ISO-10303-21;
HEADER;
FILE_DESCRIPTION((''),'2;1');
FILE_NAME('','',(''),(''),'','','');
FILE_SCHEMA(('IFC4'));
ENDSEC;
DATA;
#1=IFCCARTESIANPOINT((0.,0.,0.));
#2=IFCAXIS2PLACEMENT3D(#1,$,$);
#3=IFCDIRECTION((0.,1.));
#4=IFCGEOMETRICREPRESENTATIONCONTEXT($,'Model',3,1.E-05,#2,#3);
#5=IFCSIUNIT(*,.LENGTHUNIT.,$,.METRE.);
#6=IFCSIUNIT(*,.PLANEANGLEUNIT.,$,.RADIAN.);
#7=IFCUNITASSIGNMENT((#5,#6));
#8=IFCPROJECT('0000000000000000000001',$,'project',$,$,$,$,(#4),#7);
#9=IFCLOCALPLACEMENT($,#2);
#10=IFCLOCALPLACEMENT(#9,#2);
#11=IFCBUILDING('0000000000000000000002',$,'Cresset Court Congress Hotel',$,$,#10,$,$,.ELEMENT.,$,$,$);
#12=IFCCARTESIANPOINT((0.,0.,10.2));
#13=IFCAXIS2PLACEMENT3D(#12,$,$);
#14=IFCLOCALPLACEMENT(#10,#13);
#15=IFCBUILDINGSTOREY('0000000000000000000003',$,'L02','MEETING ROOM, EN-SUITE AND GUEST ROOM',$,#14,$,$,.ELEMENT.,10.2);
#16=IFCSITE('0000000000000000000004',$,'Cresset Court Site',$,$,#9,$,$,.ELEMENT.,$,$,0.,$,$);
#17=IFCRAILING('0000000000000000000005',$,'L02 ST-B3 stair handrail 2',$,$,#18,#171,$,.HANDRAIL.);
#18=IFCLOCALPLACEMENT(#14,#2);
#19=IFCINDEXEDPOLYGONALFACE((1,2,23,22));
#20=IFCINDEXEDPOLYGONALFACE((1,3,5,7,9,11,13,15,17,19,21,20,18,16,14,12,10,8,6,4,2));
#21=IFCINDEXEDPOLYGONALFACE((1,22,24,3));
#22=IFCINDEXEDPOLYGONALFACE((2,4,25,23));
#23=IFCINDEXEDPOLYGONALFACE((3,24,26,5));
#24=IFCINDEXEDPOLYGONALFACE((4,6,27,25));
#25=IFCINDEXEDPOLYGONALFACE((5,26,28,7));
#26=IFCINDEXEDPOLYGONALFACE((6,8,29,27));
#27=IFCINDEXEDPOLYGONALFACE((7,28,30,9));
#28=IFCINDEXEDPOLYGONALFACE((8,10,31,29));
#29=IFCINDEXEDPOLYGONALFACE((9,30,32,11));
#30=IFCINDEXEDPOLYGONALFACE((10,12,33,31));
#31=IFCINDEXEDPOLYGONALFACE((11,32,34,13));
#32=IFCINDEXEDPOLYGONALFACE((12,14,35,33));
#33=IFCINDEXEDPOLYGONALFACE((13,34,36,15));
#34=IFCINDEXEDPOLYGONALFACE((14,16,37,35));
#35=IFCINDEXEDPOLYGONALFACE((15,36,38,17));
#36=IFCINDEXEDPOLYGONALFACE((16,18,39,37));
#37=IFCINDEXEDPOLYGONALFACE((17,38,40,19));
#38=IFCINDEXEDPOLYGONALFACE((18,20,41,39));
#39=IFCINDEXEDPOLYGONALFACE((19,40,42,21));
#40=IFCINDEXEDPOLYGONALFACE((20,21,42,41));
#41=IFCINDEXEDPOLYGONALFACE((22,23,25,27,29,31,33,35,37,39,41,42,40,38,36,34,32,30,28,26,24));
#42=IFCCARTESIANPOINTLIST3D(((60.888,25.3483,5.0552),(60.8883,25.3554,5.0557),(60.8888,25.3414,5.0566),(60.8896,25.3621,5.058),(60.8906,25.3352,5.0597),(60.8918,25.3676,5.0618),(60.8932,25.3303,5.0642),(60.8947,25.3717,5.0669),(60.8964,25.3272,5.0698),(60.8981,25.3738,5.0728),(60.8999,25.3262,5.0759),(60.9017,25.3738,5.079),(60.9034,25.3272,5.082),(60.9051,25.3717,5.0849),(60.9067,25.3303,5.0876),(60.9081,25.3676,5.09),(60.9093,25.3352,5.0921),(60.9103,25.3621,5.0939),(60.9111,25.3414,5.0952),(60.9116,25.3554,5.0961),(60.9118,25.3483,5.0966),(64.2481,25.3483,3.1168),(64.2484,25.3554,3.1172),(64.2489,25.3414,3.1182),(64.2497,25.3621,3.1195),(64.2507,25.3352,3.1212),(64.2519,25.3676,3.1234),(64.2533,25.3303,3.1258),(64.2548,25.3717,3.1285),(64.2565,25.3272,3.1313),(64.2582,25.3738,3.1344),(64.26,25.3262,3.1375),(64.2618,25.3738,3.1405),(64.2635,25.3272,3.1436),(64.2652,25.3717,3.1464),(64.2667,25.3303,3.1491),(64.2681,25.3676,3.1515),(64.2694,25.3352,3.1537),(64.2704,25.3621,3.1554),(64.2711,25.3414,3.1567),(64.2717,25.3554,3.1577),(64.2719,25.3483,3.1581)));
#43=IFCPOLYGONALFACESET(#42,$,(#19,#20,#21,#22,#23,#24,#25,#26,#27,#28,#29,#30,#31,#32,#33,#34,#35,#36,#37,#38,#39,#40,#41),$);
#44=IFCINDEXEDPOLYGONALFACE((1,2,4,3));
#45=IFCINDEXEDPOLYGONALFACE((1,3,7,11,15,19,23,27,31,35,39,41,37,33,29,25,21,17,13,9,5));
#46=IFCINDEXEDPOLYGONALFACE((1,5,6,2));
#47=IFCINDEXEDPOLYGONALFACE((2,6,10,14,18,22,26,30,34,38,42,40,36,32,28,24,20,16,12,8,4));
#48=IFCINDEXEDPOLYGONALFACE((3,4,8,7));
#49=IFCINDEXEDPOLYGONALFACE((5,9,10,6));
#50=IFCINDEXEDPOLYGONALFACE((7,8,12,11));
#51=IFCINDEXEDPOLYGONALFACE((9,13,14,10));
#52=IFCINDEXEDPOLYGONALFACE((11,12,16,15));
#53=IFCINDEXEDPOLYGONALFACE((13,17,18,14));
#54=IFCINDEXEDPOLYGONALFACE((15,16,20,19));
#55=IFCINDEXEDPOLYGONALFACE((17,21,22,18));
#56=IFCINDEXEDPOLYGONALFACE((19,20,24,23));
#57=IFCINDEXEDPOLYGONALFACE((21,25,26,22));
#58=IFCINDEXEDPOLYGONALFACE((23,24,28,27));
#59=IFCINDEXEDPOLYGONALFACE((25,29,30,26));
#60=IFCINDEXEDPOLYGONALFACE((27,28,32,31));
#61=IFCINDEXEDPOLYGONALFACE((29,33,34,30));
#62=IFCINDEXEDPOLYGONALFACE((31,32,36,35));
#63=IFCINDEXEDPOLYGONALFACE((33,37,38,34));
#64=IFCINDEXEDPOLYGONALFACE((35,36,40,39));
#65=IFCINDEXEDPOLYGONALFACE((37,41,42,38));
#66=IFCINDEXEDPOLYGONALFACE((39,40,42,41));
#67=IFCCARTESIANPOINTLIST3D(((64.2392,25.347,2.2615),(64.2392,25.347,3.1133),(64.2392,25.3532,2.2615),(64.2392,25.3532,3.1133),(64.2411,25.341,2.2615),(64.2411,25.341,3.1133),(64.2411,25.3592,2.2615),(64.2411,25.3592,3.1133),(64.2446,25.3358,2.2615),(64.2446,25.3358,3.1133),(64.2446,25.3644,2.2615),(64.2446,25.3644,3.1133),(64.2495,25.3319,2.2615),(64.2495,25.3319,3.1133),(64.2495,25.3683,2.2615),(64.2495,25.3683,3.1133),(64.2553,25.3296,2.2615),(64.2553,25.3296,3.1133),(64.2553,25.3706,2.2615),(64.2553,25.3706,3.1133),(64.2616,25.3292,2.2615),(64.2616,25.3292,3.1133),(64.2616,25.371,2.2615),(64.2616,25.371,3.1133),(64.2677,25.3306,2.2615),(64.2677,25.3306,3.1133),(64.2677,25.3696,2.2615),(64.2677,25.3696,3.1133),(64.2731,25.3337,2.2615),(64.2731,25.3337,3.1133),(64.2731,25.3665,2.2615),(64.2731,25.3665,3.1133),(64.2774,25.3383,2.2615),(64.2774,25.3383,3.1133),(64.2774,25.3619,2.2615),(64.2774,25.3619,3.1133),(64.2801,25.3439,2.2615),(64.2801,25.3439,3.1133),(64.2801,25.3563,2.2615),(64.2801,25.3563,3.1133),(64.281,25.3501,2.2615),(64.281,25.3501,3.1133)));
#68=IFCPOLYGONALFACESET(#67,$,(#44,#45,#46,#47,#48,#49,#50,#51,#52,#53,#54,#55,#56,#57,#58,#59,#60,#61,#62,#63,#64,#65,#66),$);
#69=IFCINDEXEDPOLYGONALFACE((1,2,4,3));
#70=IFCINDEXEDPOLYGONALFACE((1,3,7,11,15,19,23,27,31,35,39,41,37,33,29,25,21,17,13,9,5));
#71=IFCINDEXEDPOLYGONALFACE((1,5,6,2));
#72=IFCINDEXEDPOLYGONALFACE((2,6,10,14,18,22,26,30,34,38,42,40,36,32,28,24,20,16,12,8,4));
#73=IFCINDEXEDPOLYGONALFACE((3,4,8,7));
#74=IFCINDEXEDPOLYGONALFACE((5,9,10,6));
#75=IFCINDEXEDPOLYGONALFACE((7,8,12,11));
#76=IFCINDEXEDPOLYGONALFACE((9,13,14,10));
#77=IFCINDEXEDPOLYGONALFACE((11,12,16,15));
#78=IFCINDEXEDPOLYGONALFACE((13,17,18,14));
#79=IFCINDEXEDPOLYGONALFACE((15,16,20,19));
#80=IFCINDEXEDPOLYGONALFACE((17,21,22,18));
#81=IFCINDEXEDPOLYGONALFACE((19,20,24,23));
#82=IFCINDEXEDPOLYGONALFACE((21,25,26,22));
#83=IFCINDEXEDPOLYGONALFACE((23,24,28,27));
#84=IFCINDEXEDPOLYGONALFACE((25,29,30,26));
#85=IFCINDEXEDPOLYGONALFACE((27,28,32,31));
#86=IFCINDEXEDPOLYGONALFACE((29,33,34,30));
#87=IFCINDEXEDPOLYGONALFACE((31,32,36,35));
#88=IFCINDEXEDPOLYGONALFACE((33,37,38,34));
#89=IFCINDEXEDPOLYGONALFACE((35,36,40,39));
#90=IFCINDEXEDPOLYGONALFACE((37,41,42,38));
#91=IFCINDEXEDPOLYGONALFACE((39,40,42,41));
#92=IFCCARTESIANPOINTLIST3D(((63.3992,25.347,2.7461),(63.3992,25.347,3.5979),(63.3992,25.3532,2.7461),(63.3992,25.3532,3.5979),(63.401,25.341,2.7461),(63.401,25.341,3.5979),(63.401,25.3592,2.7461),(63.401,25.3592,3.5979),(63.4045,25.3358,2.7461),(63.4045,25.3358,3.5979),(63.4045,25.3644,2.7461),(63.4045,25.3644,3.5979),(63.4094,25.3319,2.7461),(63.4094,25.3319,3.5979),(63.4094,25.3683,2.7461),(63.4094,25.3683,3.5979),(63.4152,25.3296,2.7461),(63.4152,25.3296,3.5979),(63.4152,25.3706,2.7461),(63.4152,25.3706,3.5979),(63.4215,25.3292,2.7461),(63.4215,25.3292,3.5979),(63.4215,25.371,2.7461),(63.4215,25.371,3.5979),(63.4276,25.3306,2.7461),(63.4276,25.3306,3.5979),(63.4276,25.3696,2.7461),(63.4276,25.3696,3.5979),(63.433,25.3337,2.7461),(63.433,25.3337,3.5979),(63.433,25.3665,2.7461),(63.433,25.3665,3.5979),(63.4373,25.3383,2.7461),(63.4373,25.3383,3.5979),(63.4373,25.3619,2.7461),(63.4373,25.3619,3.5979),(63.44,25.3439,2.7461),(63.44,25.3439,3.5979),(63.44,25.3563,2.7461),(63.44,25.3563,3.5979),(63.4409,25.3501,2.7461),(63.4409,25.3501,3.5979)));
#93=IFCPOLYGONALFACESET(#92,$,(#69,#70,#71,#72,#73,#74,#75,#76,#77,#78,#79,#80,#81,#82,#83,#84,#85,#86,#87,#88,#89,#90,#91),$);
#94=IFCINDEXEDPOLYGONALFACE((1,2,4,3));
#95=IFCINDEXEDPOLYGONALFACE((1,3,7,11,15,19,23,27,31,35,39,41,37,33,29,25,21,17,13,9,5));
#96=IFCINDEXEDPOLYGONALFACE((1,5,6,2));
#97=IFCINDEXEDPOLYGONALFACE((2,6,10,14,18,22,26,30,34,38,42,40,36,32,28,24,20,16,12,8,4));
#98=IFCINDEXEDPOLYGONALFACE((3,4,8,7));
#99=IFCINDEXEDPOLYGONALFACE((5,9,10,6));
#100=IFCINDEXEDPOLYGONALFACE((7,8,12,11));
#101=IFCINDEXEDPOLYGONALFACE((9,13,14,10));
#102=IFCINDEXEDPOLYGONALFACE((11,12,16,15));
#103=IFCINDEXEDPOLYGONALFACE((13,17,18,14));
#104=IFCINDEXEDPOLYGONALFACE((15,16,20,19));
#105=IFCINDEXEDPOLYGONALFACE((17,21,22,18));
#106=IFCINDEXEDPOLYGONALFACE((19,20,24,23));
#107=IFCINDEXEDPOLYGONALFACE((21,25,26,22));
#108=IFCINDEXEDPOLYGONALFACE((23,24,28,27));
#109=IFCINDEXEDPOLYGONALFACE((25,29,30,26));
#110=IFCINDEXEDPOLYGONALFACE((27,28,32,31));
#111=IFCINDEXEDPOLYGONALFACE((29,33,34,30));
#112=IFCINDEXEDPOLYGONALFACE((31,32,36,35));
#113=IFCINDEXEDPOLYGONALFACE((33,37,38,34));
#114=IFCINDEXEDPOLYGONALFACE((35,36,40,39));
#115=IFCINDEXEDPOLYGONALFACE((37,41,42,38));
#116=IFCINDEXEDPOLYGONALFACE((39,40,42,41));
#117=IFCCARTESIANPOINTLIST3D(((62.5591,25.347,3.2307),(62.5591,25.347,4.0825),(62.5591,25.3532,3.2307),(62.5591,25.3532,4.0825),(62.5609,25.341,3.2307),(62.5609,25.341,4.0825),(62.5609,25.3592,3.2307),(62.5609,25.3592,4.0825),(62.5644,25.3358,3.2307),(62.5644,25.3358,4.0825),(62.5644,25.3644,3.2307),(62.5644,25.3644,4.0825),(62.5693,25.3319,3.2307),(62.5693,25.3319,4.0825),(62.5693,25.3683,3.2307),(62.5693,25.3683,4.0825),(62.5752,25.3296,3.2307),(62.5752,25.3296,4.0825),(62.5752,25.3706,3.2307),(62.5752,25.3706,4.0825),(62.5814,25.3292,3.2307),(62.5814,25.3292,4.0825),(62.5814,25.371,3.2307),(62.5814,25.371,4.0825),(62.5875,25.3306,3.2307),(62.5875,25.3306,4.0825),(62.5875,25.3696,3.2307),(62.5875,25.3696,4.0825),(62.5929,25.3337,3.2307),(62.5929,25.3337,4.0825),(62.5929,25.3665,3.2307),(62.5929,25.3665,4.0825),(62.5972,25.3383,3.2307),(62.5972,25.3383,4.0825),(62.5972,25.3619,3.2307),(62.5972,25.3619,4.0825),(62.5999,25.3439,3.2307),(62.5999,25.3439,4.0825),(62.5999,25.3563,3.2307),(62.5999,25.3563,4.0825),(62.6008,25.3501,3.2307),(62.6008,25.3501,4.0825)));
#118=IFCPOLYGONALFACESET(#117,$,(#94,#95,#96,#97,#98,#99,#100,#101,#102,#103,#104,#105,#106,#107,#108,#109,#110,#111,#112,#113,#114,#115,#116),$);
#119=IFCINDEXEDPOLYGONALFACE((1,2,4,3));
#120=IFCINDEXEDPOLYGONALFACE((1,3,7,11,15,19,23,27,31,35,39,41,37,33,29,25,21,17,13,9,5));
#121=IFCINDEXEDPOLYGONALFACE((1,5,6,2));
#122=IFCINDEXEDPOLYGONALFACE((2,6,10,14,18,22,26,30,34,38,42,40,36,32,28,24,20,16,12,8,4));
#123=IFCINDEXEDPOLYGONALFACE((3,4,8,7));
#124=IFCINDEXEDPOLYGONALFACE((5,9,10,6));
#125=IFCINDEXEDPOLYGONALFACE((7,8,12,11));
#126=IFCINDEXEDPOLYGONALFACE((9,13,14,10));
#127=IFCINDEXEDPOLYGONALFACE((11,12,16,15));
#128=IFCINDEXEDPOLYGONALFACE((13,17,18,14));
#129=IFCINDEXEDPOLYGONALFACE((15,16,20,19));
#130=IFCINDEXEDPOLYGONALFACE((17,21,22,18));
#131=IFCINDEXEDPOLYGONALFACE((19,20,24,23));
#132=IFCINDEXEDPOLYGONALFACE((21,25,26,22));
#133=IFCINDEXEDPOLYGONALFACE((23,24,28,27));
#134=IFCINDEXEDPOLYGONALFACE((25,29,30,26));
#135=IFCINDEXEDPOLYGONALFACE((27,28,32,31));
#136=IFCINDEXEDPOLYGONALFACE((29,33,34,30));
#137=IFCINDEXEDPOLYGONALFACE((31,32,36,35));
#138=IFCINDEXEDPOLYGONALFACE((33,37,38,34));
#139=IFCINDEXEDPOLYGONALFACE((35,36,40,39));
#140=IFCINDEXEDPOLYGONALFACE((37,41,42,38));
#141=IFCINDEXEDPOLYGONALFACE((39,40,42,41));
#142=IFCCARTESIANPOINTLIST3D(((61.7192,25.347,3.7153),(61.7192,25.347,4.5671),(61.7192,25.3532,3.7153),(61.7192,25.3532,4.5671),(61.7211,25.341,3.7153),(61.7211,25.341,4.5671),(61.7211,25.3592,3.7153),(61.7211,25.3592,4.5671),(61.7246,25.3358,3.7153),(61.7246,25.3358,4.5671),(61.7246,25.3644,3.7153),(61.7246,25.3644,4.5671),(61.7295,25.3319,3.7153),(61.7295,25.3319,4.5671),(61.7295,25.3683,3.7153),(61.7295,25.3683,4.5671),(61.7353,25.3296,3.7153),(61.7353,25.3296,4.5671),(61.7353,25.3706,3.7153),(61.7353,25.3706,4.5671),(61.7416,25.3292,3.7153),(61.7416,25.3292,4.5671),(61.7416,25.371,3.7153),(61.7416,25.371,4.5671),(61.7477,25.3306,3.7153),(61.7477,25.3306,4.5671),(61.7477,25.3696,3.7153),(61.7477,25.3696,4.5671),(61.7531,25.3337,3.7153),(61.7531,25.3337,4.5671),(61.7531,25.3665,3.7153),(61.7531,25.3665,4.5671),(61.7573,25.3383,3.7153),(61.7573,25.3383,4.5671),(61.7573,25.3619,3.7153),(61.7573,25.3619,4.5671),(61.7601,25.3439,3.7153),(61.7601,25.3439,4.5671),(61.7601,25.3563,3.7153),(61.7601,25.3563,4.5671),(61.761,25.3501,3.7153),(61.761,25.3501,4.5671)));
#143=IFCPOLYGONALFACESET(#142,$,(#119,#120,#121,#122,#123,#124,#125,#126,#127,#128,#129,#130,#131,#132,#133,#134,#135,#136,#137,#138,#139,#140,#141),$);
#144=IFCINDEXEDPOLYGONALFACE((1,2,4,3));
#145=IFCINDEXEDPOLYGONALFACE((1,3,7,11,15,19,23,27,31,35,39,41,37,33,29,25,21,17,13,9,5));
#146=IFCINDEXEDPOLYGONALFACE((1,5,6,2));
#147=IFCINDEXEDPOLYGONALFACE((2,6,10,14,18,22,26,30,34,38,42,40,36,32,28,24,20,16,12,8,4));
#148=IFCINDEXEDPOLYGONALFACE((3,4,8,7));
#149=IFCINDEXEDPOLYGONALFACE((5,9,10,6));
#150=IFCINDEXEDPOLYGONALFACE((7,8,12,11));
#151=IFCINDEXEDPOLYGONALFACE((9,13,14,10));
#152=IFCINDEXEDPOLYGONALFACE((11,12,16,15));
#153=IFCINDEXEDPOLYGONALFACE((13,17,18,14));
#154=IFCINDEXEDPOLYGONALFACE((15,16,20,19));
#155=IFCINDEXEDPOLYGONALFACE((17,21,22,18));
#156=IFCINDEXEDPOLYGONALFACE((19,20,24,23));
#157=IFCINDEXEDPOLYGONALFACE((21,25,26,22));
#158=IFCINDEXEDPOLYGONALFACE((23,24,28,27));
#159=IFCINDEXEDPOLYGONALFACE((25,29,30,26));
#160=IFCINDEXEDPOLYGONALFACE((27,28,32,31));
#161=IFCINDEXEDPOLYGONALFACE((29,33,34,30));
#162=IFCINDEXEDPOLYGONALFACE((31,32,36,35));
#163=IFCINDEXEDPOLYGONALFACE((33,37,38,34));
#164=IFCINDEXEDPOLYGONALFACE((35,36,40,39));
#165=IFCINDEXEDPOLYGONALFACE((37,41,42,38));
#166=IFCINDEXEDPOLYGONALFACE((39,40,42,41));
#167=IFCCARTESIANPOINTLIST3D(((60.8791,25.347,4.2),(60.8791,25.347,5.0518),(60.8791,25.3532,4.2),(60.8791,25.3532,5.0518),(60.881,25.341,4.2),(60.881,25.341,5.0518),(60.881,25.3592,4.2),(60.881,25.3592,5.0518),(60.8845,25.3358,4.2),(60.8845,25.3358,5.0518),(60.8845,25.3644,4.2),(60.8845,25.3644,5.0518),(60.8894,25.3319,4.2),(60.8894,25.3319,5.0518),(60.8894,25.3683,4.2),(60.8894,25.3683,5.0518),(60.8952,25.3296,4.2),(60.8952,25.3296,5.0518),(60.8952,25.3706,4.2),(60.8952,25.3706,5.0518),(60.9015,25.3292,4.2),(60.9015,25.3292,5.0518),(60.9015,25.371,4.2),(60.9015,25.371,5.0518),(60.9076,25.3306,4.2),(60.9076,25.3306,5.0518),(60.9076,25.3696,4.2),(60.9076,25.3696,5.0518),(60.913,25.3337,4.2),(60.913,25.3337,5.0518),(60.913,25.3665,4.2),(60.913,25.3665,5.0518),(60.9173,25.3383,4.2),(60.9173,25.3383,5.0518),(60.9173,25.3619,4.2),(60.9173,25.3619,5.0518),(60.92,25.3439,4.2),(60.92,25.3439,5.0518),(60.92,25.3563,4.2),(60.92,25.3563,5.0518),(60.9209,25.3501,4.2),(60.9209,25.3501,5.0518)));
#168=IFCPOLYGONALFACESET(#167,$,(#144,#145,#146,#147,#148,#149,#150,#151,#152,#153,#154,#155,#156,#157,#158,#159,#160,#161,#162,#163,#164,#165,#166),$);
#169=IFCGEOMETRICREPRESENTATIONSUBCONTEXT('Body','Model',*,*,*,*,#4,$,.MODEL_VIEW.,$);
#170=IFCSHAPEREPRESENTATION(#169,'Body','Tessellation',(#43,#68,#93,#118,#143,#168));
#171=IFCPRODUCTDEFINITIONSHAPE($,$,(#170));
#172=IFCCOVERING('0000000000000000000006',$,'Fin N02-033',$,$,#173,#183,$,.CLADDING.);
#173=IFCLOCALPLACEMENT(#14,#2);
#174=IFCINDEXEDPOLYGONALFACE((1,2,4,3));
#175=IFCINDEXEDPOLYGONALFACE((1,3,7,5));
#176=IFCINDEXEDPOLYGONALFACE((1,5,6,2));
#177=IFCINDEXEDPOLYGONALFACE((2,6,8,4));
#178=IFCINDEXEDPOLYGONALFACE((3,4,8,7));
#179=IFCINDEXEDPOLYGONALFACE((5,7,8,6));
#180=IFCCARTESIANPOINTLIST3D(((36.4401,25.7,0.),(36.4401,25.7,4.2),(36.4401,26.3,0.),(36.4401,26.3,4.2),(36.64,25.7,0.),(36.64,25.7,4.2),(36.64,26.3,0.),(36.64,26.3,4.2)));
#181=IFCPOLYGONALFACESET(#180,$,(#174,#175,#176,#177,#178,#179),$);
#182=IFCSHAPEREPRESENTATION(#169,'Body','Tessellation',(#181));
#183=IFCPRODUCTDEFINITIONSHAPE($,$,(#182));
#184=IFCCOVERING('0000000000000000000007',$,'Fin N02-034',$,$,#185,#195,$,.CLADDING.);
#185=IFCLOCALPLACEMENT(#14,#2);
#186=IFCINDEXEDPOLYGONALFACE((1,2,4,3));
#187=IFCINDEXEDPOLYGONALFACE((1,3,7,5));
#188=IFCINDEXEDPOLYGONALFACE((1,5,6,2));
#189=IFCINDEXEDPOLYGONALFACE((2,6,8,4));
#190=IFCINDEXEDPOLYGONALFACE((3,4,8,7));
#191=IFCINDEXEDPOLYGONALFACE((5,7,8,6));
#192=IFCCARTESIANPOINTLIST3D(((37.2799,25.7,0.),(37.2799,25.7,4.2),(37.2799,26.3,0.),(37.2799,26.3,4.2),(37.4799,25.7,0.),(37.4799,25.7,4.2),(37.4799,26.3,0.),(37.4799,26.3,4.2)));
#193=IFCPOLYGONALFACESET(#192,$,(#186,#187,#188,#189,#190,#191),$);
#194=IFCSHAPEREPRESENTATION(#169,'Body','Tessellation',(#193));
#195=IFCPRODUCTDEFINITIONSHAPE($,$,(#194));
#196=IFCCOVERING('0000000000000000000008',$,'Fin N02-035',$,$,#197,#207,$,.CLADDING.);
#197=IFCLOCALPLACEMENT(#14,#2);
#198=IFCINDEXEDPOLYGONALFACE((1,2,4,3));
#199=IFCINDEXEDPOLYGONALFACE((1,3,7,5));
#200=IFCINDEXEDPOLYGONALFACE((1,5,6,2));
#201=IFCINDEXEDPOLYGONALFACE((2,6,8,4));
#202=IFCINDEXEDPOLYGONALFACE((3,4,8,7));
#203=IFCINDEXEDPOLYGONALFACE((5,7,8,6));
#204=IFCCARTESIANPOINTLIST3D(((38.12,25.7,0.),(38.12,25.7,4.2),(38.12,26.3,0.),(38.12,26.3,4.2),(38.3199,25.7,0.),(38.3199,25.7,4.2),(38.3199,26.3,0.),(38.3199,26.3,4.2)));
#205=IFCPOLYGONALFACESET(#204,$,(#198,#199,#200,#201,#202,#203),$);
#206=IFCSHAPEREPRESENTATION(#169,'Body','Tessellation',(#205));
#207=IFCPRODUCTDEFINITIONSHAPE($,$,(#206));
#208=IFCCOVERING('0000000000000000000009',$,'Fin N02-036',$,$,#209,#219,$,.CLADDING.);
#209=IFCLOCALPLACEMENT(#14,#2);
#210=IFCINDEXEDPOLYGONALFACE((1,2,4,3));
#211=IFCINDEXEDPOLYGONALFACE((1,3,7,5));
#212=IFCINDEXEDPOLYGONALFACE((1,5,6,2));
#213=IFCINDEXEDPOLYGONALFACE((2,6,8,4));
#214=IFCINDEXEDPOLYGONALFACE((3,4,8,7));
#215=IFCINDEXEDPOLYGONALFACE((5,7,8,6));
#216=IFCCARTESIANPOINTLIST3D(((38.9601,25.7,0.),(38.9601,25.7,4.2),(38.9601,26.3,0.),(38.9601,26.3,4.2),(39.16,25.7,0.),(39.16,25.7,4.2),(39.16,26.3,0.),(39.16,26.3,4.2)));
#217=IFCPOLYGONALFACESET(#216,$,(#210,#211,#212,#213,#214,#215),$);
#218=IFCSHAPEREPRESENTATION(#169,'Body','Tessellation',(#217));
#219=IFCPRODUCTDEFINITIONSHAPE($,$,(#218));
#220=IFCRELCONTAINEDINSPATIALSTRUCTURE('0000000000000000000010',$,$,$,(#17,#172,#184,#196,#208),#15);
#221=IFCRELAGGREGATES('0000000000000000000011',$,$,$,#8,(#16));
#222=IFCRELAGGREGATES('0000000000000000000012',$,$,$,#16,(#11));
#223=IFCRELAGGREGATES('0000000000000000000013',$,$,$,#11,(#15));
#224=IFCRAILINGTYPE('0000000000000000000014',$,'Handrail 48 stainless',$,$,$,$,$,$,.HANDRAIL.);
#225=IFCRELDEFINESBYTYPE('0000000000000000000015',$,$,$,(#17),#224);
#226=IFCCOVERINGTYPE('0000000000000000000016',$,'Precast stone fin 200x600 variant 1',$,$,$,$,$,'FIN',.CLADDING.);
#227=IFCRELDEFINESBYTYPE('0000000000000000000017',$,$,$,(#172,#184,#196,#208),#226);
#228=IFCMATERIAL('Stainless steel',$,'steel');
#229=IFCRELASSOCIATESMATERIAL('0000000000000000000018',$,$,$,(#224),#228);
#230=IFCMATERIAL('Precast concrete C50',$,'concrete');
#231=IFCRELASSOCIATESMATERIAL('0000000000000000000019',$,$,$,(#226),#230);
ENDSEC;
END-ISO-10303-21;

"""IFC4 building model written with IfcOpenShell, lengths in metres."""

from ifc_helpers import new_model, si_unit, direction, frame, origin, origin_2d, place, context, subcontext, project, spatial, rectangle, circle, extrude, material, type_object, element, save


model = new_model("IFC4")

# Units and contexts
model_context = context("Model", 3, precision=1e-05, world=origin(), true_north=direction((0.0, 1.0)))
body_context = subcontext(model_context, "Body", "Model", "MODEL_VIEW")
ifc_project = project(units=[si_unit("LENGTHUNIT", "METRE"), si_unit("PLANEANGLEUNIT", "RADIAN")], contexts=[model_context])

# Site, building, storey
site_placement = place(None, origin())
site = spatial("IfcSite", under=ifc_project, at=site_placement, Name="Cresset Court Site", CompositionType="ELEMENT", RefElevation=0.0)
building_placement = place(site_placement, origin())
building = spatial("IfcBuilding", under=site, at=building_placement, Name="Cresset Court Congress Hotel", CompositionType="ELEMENT")
storey_placement = place(building_placement, frame((0.0, 0.0, 10.2)))
storey = spatial("IfcBuildingStorey", under=building, at=storey_placement, Name="L02", Description="MEETING ROOM, EN-SUITE AND GUEST ROOM", CompositionType="ELEMENT", Elevation=10.2)

# Railing
ifc_material_1 = material(Name="Stainless steel", Category="steel")
railing_type = type_object("IfcRailingType", Name="Handrail 48 stainless", PredefinedType="HANDRAIL", material=ifc_material_1)
for number, where, name in (
    (1, (64.26, 25.3501, 2.2615), "L02 ST-B3 stair handrail 2"),
):
    element("IfcRailing", number, at=place(storey_placement, frame(where)), inside=storey, type_object=railing_type, Name=name, PredefinedType="HANDRAIL", context=body_context, shape_type="SweptSolid", body=[
        extrude(circle(Radius=0.0239, at=origin_2d()), frame((0.0, 0.0, 0.876), z_axis=(-0.866191, 0.0, 0.499713), x_axis=(0.0, -1.0, 0.0)), (0.0, 0.0, 1.0), 3.8792),
        extrude(circle(Radius=0.021, at=origin_2d()), origin(), (0.0, 0.0, 1.0), 0.8518),
        extrude(circle(Radius=0.021, at=origin_2d()), frame((-0.8401, 0.0, 0.4846)), (0.0, 0.0, 1.0), 0.8518),
        extrude(circle(Radius=0.021, at=origin_2d()), frame((-1.6802, 0.0, 0.9692)), (0.0, 0.0, 1.0), 0.8518),
        extrude(circle(Radius=0.021, at=origin_2d()), frame((-2.52, 0.0, 1.4539)), (0.0, 0.0, 1.0), 0.8518),
        extrude(circle(Radius=0.021, at=origin_2d()), frame((-3.3601, 0.0, 1.9385)), (0.0, 0.0, 1.0), 0.8518),
    ])

# Coverings
ifc_material_2 = material(Name="Precast concrete C50", Category="concrete")
covering_type = type_object("IfcCoveringType", Name="Precast stone fin 200x600 variant 1", ElementType="FIN", PredefinedType="CLADDING", material=ifc_material_2)
for number, where, z_axis, x_axis, name in (
    (2, (36.54, 26.0, 0.0), (0.0, 0.0, 1.0), (1.0, 0.0, 0.0), "Fin N02-033"),
    (3, (37.3799, 26.0, 0.0), (0.0, 0.0, 1.0), (1.0, 0.0, 0.0), "Fin N02-034"),
    (4, (38.22, 26.0, 0.0), (0.0, 0.0, 1.0), (1.0, 0.0, 0.0), "Fin N02-035"),
    (5, (39.0601, 26.0, 0.0), (0.0, 0.0, 1.0), (1.0, 0.0, 0.0), "Fin N02-036"),
):
    element("IfcCovering", number, at=place(storey_placement, frame(where, z_axis=z_axis, x_axis=x_axis)), inside=storey, type_object=covering_type, Name=name, PredefinedType="CLADDING", context=body_context, shape_type="SweptSolid", body=[
        extrude(rectangle(XDim=0.2, YDim=0.6001, at=origin_2d()), origin(), (0.0, 0.0, 1.0), 4.2),
    ])

save(model, "model.ifc")
